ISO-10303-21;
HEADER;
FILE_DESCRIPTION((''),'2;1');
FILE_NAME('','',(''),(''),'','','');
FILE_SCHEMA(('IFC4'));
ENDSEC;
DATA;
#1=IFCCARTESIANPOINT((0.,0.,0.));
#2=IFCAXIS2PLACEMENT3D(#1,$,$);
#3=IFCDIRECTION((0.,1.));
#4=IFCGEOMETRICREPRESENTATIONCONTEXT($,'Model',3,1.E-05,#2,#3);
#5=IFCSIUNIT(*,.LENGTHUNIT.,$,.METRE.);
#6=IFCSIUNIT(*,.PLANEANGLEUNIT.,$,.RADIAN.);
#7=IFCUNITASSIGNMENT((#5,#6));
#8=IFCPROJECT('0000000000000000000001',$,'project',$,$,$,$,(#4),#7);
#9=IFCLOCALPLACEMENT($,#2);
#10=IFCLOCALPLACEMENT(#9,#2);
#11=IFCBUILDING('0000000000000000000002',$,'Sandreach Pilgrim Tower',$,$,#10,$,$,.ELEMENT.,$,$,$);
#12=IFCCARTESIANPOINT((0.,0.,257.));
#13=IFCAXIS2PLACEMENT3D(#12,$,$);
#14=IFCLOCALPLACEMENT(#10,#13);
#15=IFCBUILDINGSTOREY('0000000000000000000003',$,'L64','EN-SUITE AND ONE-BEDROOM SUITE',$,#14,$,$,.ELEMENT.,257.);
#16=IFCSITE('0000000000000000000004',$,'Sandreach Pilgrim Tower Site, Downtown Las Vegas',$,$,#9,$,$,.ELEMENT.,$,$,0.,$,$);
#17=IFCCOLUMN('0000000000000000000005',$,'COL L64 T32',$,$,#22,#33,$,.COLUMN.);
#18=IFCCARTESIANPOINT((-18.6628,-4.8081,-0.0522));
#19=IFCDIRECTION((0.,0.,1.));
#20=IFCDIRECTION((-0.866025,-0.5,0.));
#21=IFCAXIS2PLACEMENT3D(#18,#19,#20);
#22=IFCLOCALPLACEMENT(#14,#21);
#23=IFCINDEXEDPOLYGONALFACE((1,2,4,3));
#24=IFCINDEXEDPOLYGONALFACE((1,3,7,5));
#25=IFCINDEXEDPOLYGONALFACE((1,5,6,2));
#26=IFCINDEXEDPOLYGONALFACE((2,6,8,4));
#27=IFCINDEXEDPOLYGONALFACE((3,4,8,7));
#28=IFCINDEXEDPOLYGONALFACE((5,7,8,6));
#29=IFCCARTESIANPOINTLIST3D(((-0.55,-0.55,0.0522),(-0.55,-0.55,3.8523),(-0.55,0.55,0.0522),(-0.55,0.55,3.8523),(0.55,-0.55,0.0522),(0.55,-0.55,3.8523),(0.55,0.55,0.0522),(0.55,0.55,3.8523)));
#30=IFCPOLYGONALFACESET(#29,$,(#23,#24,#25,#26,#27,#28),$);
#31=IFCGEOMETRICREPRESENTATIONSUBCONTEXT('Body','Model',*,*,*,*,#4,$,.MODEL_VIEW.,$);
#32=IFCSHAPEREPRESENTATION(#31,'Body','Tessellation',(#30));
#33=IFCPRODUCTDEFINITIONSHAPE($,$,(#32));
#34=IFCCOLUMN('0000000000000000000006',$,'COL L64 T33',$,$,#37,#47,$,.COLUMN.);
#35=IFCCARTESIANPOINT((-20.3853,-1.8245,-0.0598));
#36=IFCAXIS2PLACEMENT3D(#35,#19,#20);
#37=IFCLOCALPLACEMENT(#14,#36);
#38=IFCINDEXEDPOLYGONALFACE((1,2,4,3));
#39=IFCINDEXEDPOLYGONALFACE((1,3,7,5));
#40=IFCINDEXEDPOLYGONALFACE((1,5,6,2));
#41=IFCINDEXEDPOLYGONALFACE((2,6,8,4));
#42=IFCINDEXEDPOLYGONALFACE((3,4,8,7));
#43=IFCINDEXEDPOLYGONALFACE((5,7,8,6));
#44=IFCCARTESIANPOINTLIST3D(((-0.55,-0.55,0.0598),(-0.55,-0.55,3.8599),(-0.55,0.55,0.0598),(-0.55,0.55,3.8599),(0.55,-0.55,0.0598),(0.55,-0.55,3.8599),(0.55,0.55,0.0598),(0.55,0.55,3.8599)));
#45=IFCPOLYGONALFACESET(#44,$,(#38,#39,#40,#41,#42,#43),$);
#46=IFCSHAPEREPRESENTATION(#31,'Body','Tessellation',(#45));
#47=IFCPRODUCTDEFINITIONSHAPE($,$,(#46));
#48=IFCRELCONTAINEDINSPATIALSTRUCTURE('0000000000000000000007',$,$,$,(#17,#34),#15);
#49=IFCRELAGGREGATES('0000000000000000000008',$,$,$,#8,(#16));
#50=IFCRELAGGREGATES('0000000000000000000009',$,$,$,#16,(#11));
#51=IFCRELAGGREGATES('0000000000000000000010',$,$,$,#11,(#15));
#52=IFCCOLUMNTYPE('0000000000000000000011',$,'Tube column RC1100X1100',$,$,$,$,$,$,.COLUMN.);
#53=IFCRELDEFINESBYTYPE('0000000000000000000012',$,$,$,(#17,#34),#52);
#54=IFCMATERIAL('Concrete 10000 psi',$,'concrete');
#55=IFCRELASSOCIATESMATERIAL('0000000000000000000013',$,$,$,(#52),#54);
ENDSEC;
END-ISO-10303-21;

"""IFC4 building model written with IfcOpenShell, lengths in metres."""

from ifc_helpers import new_model, si_unit, direction, frame, origin, origin_2d, place, context, subcontext, project, spatial, rectangle, extrude, clip, halfspace, material, material_profile, profile_set, type_object, element, save


model = new_model("IFC4")

# Units and contexts
model_context = context("Model", 3, precision=1e-05, world=origin(), true_north=direction((0.0, 1.0)))
body_context = subcontext(model_context, "Body", "Model", "MODEL_VIEW")
ifc_project = project(units=[si_unit("LENGTHUNIT", "METRE"), si_unit("PLANEANGLEUNIT", "RADIAN")], contexts=[model_context])

# Site, building, storey
site_placement = place(None, origin())
site = spatial("IfcSite", under=ifc_project, at=site_placement, Name="Sandreach Pilgrim Tower Site, Downtown Las Vegas", CompositionType="ELEMENT", RefElevation=0.0)
building_placement = place(site_placement, origin())
building = spatial("IfcBuilding", under=site, at=building_placement, Name="Sandreach Pilgrim Tower", CompositionType="ELEMENT")
storey_placement = place(building_placement, frame((0.0, 0.0, 257.0)))
storey = spatial("IfcBuildingStorey", under=building, at=storey_placement, Name="L64", Description="EN-SUITE AND ONE-BEDROOM SUITE", CompositionType="ELEMENT", Elevation=257.0)

# Columns
ifc_material_1 = material(Name="Concrete 10000 psi", Category="concrete")
ifc_material_profile_1 = material_profile(ifc_material_1, rectangle(XDim=1.1001, YDim=1.1001, at=origin_2d()), Name="RC1100X1100")
ifc_profile_set_1 = profile_set([ifc_material_profile_1], Name="Concrete 10000 psi")
column_type = type_object("IfcColumnType", Name="Tube column RC1100X1100", PredefinedType="COLUMN", material=ifc_profile_set_1)
column_1_placement = place(storey_placement, frame((-18.6628, -4.8081, -0.0522), z_axis=(0.0, 0.0, 1.0), x_axis=(-0.866025, -0.5, 0.0)))
element("IfcColumn", 1, at=column_1_placement, inside=storey, type_object=column_type, Name="COL L64 T32", PredefinedType="COLUMN", context=body_context, shape_type="SweptSolid", body=[
    clip(extrude(rectangle(XDim=1.1001, YDim=1.1001, at=origin_2d()), origin(), (0.0, 0.0, 1.0), 3.8523), halfspace(frame((0.0, 0.0, 0.0522)), True)),
])
column_2_placement = place(storey_placement, frame((-20.3853, -1.8245, -0.0598), z_axis=(0.0, 0.0, 1.0), x_axis=(-0.866025, -0.5, 0.0)))
element("IfcColumn", 2, at=column_2_placement, inside=storey, type_object=column_type, Name="COL L64 T33", PredefinedType="COLUMN", context=body_context, shape_type="SweptSolid", body=[
    clip(extrude(rectangle(XDim=1.1001, YDim=1.1001, at=origin_2d()), origin(), (0.0, 0.0, 1.0), 3.8599), halfspace(frame((0.0, 0.0, 0.0598)), True)),
])

save(model, "model.ifc")
